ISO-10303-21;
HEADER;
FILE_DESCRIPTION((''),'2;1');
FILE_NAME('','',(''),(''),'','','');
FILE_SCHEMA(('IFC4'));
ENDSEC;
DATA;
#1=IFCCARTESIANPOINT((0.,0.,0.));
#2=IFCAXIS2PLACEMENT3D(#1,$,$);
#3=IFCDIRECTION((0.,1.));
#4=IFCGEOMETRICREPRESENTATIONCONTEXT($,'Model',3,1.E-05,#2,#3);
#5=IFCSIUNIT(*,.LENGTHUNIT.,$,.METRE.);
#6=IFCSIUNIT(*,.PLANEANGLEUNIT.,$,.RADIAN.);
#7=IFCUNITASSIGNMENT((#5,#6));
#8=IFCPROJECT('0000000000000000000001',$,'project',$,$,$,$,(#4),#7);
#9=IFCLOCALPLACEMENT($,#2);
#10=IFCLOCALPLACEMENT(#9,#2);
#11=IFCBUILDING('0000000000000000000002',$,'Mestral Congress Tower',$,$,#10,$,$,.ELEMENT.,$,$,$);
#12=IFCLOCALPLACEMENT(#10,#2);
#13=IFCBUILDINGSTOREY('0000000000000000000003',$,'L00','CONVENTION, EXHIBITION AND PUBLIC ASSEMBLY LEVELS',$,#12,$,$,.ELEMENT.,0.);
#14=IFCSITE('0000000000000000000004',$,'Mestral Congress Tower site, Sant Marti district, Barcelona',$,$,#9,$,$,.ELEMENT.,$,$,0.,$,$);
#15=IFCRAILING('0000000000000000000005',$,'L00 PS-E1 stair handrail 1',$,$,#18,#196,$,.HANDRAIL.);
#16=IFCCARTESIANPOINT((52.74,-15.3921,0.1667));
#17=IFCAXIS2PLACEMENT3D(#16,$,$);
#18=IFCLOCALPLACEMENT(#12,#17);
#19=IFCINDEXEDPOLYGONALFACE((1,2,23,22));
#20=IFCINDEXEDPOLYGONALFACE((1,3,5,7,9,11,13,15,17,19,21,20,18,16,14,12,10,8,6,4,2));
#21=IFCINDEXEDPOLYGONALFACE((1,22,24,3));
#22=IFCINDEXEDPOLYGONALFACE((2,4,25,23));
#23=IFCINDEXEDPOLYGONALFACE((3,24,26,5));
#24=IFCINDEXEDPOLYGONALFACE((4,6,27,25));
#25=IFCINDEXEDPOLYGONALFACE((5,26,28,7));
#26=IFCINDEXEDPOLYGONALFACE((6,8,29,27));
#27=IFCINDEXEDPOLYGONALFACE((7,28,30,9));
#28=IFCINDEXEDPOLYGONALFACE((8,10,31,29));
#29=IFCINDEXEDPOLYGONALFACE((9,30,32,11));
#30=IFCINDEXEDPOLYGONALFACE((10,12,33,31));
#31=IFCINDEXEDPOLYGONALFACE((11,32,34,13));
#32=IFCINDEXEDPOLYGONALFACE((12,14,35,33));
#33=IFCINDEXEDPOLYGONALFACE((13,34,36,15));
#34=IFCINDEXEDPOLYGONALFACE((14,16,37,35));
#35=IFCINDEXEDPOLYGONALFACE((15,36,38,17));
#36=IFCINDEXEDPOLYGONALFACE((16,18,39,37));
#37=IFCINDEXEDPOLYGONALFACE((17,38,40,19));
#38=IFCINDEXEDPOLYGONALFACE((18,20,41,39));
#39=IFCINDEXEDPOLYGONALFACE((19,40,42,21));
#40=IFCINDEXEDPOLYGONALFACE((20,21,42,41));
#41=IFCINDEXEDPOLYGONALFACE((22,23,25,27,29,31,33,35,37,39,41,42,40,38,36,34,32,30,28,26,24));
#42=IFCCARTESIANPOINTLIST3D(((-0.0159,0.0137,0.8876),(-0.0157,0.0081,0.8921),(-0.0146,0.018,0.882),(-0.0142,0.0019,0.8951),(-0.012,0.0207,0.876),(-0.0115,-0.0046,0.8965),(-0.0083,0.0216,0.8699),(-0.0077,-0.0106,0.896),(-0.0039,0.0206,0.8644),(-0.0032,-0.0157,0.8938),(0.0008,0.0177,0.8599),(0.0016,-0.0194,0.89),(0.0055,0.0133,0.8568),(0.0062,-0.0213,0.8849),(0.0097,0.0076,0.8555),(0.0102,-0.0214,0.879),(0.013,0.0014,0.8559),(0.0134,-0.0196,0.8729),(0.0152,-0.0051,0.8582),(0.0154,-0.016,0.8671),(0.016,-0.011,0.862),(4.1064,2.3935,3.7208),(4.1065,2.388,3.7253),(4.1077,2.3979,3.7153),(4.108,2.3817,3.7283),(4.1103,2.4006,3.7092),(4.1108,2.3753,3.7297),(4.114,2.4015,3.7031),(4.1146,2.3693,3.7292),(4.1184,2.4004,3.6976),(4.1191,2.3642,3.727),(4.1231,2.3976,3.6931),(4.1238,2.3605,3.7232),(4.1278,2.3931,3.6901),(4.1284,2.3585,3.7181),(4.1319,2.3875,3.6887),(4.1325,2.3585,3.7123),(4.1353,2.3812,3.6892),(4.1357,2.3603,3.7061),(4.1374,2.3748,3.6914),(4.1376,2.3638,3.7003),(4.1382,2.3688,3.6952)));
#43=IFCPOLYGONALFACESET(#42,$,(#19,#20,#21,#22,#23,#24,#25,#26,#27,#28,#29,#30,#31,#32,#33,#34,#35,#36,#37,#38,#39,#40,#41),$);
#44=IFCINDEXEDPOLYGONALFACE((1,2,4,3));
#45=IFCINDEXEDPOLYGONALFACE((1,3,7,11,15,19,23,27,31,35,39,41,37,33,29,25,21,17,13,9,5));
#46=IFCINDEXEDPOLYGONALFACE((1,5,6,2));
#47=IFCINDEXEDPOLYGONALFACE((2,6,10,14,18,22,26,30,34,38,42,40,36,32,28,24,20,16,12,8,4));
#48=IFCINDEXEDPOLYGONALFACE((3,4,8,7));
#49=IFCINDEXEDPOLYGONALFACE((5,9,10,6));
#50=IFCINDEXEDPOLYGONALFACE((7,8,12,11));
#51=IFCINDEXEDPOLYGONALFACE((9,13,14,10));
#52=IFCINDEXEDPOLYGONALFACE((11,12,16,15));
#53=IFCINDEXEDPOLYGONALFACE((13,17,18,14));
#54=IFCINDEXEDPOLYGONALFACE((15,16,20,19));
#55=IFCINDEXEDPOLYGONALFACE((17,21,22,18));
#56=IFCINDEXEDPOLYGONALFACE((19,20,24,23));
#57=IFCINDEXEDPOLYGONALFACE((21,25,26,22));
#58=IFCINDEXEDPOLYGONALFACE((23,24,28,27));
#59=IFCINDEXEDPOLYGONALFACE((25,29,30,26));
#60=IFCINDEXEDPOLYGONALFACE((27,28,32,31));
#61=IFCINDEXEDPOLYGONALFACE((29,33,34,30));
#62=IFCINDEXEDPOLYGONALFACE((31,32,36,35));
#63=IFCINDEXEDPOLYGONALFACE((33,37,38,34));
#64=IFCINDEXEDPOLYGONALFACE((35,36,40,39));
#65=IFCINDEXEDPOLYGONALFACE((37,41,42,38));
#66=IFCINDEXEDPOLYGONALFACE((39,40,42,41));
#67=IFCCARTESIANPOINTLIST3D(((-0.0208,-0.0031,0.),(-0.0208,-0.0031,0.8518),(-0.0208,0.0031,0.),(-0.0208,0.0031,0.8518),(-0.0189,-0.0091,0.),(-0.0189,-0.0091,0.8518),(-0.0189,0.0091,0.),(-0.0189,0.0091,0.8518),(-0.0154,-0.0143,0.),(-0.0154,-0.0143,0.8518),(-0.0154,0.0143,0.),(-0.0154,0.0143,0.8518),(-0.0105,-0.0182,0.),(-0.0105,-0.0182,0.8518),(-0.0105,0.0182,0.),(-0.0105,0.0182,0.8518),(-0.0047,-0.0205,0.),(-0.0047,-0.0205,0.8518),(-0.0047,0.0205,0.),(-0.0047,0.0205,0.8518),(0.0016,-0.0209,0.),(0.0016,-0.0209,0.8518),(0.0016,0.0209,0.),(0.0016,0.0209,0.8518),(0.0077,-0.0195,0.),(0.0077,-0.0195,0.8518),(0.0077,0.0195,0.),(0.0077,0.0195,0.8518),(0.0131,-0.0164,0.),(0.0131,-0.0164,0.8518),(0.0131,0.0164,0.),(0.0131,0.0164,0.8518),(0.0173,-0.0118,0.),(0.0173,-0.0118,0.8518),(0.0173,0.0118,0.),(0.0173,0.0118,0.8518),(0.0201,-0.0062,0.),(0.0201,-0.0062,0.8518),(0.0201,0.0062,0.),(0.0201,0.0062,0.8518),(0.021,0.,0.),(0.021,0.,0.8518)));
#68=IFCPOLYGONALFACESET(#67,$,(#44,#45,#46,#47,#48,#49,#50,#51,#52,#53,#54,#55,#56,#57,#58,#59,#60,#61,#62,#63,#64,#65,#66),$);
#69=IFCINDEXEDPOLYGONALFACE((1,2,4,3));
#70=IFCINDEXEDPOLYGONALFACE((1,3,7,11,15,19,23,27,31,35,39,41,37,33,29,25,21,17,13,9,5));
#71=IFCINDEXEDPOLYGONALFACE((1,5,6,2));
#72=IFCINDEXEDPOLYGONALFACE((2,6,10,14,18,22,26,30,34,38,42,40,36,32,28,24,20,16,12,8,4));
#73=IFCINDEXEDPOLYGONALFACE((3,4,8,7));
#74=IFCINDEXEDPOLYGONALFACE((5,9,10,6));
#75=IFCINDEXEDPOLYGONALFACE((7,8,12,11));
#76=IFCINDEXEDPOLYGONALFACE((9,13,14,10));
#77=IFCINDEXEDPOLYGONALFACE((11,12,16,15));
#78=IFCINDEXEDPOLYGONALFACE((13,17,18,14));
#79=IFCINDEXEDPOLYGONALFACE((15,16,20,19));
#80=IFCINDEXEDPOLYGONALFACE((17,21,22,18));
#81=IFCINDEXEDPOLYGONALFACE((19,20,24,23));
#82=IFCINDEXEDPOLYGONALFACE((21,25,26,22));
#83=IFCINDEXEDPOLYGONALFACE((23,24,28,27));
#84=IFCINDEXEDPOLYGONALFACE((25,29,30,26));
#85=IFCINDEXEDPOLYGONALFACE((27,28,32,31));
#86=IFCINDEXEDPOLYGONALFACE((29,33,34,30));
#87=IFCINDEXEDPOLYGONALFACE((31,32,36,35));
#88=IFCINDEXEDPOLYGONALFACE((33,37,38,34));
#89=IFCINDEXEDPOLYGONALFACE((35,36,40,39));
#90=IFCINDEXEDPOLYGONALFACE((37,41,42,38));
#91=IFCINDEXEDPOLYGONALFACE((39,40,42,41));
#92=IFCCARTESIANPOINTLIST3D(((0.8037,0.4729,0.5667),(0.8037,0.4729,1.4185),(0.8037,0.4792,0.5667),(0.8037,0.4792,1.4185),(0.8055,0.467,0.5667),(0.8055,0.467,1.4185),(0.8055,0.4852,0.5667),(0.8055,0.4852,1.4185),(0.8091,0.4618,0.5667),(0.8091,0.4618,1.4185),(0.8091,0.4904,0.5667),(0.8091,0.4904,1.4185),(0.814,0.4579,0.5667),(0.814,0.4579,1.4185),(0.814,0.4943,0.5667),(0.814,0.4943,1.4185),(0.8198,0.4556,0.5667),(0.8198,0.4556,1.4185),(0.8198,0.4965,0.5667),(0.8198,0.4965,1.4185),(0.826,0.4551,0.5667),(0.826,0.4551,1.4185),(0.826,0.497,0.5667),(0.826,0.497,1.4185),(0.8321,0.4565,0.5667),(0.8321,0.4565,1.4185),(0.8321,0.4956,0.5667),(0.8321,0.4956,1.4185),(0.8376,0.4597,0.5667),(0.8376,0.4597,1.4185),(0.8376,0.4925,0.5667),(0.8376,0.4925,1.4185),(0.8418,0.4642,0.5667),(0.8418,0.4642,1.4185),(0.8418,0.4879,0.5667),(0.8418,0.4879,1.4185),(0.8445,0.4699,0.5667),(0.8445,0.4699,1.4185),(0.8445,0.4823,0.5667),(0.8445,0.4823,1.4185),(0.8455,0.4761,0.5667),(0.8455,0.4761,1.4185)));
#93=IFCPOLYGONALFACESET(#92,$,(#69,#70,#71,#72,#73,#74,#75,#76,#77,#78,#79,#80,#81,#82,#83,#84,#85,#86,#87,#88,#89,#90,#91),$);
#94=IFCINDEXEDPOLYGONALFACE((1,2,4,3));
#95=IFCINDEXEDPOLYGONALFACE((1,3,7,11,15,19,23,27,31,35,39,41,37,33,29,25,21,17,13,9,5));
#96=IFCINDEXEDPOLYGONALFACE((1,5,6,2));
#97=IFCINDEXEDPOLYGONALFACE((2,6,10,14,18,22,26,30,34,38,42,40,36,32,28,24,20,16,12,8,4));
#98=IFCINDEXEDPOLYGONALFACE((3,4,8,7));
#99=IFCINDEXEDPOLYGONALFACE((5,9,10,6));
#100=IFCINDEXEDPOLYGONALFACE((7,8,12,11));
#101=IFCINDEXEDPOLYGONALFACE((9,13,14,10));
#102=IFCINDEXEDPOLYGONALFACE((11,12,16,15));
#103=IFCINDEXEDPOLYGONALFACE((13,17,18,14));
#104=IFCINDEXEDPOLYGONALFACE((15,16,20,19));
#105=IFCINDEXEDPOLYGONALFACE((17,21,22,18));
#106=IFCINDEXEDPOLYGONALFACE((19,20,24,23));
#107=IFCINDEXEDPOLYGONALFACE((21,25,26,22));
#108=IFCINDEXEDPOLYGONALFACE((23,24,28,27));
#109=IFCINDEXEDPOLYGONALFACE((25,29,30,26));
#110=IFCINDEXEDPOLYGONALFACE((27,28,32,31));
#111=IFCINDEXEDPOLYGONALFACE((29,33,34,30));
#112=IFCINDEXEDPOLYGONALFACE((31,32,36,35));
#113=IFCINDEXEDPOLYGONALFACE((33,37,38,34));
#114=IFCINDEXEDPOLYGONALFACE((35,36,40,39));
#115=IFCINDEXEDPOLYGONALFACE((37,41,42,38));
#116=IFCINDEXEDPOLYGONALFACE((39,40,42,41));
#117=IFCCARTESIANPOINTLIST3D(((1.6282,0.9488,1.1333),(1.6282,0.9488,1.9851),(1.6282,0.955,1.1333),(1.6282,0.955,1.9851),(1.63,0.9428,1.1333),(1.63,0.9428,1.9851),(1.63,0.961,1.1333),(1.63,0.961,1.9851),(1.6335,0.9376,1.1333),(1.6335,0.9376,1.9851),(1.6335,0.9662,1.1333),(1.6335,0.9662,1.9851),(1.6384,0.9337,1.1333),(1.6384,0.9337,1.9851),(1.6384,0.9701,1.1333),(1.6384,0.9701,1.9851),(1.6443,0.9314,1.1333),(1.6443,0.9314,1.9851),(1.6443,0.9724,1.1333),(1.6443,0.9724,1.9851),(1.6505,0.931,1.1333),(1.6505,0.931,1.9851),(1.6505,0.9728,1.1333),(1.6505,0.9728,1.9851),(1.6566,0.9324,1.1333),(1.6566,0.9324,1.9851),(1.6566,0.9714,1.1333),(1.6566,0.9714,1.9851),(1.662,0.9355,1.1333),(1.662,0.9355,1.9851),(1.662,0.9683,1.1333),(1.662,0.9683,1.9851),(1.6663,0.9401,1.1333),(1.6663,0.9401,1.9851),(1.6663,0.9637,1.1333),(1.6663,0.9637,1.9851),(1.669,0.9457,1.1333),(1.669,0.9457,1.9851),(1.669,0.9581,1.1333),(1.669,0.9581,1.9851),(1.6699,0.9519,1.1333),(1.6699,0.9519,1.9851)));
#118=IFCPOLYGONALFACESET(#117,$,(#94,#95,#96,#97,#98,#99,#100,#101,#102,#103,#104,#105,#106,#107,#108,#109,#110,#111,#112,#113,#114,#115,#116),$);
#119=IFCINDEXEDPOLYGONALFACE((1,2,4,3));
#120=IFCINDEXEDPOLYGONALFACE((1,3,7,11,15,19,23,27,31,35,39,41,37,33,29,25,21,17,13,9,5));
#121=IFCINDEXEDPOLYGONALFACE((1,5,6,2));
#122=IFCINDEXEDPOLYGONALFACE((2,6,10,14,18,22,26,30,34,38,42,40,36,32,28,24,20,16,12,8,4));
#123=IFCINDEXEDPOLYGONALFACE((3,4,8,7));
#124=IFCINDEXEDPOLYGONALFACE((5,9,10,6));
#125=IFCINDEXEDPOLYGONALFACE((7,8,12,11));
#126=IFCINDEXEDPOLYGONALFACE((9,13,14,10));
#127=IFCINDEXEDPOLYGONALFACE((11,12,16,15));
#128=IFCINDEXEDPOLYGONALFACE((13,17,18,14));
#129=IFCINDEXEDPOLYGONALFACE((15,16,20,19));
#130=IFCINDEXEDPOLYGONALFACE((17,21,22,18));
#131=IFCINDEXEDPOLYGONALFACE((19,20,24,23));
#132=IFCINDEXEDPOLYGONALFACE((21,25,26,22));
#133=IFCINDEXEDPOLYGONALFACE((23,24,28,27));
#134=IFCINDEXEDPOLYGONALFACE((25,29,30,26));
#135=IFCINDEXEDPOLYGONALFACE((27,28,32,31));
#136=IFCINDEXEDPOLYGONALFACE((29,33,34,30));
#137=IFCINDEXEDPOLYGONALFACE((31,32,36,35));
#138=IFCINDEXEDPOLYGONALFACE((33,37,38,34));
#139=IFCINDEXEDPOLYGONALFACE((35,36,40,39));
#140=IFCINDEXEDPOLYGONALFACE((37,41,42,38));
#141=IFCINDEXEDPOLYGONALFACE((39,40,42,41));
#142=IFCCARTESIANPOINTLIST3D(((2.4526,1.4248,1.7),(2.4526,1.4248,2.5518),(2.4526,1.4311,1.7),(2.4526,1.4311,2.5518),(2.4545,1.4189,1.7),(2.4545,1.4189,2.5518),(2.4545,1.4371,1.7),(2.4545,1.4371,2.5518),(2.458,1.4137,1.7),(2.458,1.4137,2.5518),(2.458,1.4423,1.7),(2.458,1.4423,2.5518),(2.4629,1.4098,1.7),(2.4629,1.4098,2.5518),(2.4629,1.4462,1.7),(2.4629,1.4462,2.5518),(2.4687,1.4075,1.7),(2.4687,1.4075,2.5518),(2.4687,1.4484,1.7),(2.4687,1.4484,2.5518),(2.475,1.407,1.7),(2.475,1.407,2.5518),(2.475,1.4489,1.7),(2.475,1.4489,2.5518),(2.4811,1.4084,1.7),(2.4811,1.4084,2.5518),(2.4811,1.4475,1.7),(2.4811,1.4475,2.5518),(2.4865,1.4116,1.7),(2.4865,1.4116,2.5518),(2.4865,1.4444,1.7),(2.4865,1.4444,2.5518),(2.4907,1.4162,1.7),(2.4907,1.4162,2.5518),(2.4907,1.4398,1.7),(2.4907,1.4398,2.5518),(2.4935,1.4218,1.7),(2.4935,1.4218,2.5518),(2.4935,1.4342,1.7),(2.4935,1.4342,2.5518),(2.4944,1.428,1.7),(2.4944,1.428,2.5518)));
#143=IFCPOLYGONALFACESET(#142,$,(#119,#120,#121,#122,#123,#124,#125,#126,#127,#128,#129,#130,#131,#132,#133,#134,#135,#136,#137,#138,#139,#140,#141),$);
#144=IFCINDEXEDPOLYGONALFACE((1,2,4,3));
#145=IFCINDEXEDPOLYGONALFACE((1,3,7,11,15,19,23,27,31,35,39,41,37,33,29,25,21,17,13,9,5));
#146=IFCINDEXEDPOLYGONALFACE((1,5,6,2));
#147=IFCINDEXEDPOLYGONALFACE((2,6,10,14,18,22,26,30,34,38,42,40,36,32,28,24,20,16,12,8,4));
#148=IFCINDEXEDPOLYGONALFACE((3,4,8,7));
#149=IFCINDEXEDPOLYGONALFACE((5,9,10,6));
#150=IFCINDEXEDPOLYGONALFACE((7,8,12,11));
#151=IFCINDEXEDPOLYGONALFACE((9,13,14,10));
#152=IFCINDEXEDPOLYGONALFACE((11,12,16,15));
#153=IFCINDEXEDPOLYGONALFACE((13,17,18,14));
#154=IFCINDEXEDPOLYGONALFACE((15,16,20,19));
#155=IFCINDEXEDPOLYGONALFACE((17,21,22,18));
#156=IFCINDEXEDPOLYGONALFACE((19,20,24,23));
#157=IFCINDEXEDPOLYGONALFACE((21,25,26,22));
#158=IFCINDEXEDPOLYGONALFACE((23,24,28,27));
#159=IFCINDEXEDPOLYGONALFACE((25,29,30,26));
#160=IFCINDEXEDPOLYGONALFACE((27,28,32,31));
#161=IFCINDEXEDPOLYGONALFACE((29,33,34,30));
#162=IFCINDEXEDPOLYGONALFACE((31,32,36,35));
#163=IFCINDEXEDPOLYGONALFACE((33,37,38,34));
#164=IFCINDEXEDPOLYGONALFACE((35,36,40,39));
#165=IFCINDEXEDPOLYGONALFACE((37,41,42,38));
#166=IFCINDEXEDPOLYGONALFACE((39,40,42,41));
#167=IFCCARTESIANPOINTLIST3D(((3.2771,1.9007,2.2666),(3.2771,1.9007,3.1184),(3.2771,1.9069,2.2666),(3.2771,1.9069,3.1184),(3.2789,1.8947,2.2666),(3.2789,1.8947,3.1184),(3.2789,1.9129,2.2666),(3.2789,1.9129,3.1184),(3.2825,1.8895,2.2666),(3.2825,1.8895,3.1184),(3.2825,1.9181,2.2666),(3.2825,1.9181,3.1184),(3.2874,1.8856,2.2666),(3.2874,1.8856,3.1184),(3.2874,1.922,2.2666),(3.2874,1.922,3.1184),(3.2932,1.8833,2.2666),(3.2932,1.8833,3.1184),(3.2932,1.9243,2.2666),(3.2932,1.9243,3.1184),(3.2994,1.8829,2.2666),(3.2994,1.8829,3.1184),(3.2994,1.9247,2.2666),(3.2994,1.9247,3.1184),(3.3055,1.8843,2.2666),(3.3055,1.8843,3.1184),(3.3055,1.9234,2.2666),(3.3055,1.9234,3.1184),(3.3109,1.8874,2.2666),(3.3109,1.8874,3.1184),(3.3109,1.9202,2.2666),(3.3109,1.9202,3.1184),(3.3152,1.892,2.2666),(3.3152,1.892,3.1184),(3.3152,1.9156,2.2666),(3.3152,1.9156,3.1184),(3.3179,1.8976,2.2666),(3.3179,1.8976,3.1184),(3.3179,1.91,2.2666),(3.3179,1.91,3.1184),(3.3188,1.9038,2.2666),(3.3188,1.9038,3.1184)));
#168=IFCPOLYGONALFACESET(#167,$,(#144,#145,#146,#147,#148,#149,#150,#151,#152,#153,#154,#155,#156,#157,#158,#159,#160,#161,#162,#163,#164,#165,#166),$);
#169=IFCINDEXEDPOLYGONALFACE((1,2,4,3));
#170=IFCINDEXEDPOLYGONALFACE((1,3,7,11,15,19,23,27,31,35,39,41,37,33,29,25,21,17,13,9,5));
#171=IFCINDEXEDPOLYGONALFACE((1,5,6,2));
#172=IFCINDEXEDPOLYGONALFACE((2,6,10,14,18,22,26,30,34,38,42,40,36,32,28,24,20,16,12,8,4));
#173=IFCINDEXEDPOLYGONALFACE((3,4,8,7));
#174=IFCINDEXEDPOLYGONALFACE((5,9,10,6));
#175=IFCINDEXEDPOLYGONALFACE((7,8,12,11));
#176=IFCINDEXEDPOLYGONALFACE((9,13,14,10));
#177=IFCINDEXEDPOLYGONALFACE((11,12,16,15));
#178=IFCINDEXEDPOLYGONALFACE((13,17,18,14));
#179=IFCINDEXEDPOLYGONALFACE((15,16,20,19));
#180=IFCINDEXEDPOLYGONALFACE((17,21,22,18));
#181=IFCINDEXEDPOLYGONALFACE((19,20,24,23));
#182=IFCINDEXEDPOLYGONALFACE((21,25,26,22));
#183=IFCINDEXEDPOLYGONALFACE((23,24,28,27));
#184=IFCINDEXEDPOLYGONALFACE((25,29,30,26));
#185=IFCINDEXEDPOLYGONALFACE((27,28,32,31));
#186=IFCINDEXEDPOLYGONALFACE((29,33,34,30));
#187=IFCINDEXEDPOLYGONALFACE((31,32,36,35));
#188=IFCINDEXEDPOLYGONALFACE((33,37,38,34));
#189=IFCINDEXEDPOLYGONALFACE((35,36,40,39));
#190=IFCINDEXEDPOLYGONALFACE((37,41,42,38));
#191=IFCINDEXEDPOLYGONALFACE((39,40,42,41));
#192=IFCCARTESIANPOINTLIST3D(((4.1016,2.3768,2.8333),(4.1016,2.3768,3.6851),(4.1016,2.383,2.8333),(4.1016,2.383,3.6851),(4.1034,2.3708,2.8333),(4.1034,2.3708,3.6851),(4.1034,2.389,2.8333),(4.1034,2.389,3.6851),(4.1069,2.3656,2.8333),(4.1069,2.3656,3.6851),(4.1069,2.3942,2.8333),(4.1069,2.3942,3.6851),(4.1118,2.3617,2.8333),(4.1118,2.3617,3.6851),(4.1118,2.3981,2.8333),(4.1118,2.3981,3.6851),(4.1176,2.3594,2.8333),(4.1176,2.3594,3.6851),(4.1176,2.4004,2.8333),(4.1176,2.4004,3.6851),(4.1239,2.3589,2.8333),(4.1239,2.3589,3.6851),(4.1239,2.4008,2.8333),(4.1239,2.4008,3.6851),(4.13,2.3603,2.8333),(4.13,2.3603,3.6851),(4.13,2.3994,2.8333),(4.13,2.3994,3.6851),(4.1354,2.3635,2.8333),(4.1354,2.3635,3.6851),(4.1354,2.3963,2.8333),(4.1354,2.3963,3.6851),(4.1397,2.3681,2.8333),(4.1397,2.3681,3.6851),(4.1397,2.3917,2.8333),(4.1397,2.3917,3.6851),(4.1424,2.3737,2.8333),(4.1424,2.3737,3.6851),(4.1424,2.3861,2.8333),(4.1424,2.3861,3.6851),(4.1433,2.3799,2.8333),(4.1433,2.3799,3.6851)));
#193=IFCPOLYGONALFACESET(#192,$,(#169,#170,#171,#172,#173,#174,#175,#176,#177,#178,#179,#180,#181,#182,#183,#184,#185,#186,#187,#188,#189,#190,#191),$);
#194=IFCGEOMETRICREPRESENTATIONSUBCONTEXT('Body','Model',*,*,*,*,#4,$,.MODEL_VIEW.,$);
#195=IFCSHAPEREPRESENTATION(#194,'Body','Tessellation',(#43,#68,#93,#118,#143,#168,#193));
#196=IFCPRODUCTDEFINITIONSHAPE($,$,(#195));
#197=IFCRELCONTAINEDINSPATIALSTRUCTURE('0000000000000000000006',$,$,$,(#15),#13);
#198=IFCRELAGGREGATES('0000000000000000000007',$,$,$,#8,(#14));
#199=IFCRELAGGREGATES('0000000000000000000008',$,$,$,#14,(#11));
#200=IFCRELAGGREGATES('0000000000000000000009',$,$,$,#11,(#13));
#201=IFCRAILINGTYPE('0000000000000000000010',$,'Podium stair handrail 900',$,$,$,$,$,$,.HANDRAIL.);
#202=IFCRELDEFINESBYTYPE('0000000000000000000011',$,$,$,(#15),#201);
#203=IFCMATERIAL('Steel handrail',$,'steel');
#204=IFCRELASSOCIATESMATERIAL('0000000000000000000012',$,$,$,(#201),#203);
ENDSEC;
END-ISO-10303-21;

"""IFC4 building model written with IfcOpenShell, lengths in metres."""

from ifc_helpers import new_model, si_unit, direction, frame, origin, origin_2d, place, context, subcontext, project, spatial, circle, extrude, material, type_object, element, save


model = new_model("IFC4")

# Units and contexts
model_context = context("Model", 3, precision=1e-05, world=origin(), true_north=direction((0.0, 1.0)))
body_context = subcontext(model_context, "Body", "Model", "MODEL_VIEW")
ifc_project = project(units=[si_unit("LENGTHUNIT", "METRE"), si_unit("PLANEANGLEUNIT", "RADIAN")], contexts=[model_context])

# Site, building, storey
site_placement = place(None, origin())
site = spatial("IfcSite", under=ifc_project, at=site_placement, Name="Mestral Congress Tower site, Sant Marti district, Barcelona", CompositionType="ELEMENT", RefElevation=0.0)
building_placement = place(site_placement, origin())
building = spatial("IfcBuilding", under=site, at=building_placement, Name="Mestral Congress Tower", CompositionType="ELEMENT")
storey_placement = place(building_placement, origin())
storey = spatial("IfcBuildingStorey", under=building, at=storey_placement, Name="L00", Description="CONVENTION, EXHIBITION AND PUBLIC ASSEMBLY LEVELS", CompositionType="ELEMENT", Elevation=0.0)

# Railing
ifc_material_1 = material(Name="Steel handrail", Category="steel")
railing_type_1 = type_object("IfcRailingType", Name="Podium stair handrail 900", PredefinedType="HANDRAIL", material=ifc_material_1)
railing_1_placement = place(storey_placement, frame((52.74, -15.3921, 0.1667)))
element("IfcRailing", 1, at=railing_1_placement, inside=storey, type_object=railing_type_1, Name="L00 PS-E1 stair handrail 1", PredefinedType="HANDRAIL", context=body_context, shape_type="SweptSolid", body=[
    extrude(circle(Radius=0.0239, at=origin_2d()), frame((0.0, 0.0, 0.876), z_axis=(0.744185, 0.42963, 0.511475), x_axis=(-0.499978, 0.866038, 0.0)), (0.0, 0.0, 1.0), 5.5393),
    extrude(circle(Radius=0.021, at=origin_2d()), origin(), (0.0, 0.0, 1.0), 0.8518),
    extrude(circle(Radius=0.021, at=origin_2d()), frame((0.8245, 0.4761, 0.5667)), (0.0, 0.0, 1.0), 0.8518),
    extrude(circle(Radius=0.021, at=origin_2d()), frame((1.6489, 0.9519, 1.1333)), (0.0, 0.0, 1.0), 0.8518),
    extrude(circle(Radius=0.021, at=origin_2d()), frame((2.4734, 1.428, 1.7)), (0.0, 0.0, 1.0), 0.8518),
    extrude(circle(Radius=0.021, at=origin_2d()), frame((3.2979, 1.9038, 2.2666)), (0.0, 0.0, 1.0), 0.8518),
    extrude(circle(Radius=0.021, at=origin_2d()), frame((4.1223, 2.3799, 2.8333)), (0.0, 0.0, 1.0), 0.8518),
])

save(model, "model.ifc")
